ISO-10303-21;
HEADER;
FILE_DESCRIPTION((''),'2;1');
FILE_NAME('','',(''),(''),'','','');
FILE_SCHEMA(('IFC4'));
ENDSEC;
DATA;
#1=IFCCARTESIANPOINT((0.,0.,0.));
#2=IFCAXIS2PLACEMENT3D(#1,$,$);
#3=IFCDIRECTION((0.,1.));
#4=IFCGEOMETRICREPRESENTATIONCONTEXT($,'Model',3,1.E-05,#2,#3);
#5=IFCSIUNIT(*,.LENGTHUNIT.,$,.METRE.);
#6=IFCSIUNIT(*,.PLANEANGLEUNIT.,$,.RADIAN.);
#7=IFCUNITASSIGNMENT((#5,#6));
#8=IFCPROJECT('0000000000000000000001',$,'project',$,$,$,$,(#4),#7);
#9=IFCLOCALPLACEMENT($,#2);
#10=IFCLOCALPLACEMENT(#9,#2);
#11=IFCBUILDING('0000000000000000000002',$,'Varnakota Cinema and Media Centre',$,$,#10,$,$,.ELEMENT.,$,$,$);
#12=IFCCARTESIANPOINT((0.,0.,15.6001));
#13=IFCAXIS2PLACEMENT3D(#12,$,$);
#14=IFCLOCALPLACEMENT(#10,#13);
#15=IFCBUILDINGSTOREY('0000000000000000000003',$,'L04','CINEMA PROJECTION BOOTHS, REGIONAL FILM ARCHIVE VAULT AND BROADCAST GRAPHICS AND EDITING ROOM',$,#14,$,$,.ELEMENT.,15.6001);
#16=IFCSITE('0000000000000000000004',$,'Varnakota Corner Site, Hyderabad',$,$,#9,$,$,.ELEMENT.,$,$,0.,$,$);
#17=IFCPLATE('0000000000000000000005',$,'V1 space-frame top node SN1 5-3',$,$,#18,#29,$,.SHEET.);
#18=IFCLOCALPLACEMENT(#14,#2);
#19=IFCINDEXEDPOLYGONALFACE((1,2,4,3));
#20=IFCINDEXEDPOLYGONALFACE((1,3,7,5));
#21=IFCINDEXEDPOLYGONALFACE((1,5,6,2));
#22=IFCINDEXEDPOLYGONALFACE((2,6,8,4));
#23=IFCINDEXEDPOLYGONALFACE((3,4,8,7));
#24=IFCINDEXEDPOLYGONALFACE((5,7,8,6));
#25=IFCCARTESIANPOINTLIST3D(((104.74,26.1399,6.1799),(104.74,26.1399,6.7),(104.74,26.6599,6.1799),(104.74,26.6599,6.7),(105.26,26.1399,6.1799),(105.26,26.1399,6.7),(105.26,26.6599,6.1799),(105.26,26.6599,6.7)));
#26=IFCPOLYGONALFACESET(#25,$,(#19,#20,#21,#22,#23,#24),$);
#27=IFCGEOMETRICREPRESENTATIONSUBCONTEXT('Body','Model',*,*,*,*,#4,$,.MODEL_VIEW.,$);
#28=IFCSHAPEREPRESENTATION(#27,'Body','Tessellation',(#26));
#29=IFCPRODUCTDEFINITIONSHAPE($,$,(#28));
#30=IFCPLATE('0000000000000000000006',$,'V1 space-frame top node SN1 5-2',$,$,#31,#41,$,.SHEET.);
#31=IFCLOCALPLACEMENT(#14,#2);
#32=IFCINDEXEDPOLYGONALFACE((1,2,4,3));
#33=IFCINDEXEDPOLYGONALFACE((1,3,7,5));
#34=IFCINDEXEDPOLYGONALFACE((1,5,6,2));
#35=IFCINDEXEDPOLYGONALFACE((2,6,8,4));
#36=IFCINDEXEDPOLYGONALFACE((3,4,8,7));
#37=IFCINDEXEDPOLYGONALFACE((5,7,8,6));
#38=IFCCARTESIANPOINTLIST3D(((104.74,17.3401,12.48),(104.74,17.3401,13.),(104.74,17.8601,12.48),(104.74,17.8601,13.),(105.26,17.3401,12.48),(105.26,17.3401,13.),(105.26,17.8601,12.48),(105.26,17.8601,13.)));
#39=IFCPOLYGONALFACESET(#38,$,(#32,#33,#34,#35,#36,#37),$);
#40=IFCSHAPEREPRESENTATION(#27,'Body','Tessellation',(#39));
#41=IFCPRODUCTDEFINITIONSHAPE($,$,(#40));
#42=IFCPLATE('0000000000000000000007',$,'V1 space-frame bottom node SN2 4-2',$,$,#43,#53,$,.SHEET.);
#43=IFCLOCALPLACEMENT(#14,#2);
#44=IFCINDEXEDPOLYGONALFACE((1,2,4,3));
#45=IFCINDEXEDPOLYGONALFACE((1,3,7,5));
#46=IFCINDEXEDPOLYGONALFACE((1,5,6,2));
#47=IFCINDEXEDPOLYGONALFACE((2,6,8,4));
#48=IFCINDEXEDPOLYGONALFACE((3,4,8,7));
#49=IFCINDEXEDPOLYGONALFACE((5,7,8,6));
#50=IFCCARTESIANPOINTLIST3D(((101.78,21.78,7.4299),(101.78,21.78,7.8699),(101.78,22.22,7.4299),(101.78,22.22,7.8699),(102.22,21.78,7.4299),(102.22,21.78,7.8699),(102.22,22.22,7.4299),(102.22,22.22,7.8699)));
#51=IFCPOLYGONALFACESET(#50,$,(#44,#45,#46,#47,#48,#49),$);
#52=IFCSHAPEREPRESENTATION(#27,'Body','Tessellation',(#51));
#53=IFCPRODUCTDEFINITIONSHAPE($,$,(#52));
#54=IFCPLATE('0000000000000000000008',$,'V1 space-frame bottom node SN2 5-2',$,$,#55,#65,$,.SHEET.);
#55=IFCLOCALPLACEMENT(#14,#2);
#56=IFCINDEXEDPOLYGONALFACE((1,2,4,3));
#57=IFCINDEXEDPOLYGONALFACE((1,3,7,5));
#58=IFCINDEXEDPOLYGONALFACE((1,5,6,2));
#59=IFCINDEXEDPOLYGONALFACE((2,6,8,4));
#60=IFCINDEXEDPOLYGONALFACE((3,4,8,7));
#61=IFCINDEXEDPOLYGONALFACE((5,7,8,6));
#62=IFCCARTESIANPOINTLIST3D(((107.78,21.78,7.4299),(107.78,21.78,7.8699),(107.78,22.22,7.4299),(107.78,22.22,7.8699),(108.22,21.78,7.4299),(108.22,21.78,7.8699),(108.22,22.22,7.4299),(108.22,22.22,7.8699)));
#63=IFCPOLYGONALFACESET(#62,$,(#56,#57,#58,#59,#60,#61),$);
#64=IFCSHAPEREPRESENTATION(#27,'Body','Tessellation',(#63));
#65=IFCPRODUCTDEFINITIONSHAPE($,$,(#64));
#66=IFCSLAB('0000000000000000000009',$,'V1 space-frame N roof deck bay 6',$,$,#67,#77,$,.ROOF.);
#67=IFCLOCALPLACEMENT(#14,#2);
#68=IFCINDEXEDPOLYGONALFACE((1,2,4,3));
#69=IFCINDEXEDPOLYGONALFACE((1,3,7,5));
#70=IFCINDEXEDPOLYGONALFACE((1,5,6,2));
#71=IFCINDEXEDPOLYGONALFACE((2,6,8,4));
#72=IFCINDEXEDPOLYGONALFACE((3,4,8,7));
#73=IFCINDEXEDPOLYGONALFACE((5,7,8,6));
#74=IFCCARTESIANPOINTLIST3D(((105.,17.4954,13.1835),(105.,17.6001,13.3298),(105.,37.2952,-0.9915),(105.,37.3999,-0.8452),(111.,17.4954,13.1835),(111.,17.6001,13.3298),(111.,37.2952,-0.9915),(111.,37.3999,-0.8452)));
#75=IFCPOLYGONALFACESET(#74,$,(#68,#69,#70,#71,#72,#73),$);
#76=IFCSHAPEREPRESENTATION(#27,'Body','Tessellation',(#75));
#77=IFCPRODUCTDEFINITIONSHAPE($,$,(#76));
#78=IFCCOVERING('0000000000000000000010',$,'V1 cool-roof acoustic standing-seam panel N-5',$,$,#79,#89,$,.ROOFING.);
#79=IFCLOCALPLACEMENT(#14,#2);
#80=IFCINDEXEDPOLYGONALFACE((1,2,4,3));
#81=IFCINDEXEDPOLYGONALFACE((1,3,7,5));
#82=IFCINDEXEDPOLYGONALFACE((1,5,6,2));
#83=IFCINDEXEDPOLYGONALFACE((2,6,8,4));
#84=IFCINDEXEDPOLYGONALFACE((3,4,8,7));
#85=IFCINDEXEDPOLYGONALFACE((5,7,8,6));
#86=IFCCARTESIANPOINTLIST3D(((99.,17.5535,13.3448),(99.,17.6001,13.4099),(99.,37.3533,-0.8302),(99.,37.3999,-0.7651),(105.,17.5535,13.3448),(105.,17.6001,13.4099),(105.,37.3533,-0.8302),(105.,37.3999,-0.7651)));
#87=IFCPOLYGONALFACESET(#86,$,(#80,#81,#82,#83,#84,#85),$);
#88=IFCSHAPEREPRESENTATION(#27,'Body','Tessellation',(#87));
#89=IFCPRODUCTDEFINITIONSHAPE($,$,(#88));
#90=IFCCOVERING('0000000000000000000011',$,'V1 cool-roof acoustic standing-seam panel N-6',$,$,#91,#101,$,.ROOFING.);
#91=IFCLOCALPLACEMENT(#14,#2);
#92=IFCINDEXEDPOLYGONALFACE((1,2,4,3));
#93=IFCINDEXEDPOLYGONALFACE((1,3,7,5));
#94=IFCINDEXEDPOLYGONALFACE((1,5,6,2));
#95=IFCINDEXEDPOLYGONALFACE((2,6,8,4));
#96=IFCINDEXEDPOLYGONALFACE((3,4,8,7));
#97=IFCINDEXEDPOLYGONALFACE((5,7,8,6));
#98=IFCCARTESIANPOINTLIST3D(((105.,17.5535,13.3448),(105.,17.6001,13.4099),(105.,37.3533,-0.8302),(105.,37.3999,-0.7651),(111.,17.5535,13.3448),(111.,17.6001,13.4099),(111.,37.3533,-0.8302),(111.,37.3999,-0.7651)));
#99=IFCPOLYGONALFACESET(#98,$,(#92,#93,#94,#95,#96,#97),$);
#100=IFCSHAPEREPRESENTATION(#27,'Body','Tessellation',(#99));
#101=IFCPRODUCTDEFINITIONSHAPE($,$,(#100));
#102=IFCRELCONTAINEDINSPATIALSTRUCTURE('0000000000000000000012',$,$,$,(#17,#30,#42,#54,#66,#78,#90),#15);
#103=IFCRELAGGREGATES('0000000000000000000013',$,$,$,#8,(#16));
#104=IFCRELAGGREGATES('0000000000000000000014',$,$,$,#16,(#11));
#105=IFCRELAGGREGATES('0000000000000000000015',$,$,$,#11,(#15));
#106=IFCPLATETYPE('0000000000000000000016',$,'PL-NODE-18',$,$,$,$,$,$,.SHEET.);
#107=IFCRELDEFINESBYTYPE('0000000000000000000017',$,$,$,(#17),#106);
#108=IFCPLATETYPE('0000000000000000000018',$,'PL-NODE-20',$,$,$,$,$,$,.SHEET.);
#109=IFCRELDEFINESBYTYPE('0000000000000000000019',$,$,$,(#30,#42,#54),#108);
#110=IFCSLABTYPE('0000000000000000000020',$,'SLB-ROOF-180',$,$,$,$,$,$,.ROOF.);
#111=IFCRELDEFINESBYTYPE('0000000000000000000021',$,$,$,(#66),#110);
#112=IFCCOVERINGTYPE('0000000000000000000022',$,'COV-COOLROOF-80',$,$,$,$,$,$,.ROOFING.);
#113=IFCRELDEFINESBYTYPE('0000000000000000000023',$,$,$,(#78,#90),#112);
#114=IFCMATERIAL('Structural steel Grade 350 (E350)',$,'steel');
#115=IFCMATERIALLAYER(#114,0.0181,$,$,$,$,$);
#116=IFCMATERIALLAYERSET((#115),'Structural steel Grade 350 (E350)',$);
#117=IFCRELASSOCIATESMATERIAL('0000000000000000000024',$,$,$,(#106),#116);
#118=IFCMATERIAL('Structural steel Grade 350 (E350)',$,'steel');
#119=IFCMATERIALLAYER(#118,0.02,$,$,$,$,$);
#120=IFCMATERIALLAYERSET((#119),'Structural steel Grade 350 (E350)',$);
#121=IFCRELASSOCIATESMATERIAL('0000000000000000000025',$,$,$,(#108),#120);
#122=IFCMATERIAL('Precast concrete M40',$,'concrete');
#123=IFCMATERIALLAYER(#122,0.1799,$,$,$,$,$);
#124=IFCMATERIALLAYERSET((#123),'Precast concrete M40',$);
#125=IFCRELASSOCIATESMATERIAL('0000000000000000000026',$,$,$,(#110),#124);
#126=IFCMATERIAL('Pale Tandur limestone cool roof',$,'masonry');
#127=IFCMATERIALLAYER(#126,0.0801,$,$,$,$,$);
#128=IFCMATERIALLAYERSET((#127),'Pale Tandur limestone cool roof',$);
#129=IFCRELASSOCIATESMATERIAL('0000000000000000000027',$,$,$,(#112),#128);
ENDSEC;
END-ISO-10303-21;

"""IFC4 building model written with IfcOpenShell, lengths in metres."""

from ifc_helpers import new_model, si_unit, direction, frame, origin, origin_2d, place, context, subcontext, project, spatial, polyline, rectangle, outline, extrude, material, layer, layer_set, type_object, element, save


model = new_model("IFC4")

# Units and contexts
model_context = context("Model", 3, precision=1e-05, world=origin(), true_north=direction((0.0, 1.0)))
body_context = subcontext(model_context, "Body", "Model", "MODEL_VIEW")
ifc_project = project(units=[si_unit("LENGTHUNIT", "METRE"), si_unit("PLANEANGLEUNIT", "RADIAN")], contexts=[model_context])

# Site, building, storey
site_placement = place(None, origin())
site = spatial("IfcSite", under=ifc_project, at=site_placement, Name="Varnakota Corner Site, Hyderabad", CompositionType="ELEMENT", RefElevation=0.0)
building_placement = place(site_placement, origin())
building = spatial("IfcBuilding", under=site, at=building_placement, Name="Varnakota Cinema and Media Centre", CompositionType="ELEMENT")
storey_placement = place(building_placement, frame((0.0, 0.0, 15.6001)))
storey = spatial("IfcBuildingStorey", under=building, at=storey_placement, Name="L04", Description="CINEMA PROJECTION BOOTHS, REGIONAL FILM ARCHIVE VAULT AND BROADCAST GRAPHICS AND EDITING ROOM", CompositionType="ELEMENT", Elevation=15.6001)

# Plates
ifc_material_1 = material(Name="Structural steel Grade 350 (E350)", Category="steel")
ifc_layer_1 = layer(ifc_material_1, 0.0181)
ifc_layer_set_1 = layer_set([ifc_layer_1], Name="Structural steel Grade 350 (E350)")
plate_type_1 = type_object("IfcPlateType", Name="PL-NODE-18", PredefinedType="SHEET", material=ifc_layer_set_1)
plate_1_placement = place(storey_placement, frame((105.0, 26.3999, 6.1799), z_axis=(0.0, 0.0, 1.0), x_axis=(1.0, 0.0, 0.0)))
element("IfcPlate", 1, at=plate_1_placement, inside=storey, type_object=plate_type_1, Name="V1 space-frame top node SN1 5-3", PredefinedType="SHEET", context=body_context, shape_type="SweptSolid", body=[
    extrude(rectangle(XDim=0.52, YDim=0.52, at=origin_2d()), origin(), (0.0, 0.0, 1.0), 0.52),
])
ifc_material_2 = material(Name="Structural steel Grade 350 (E350)", Category="steel")
ifc_layer_2 = layer(ifc_material_2, 0.02)
ifc_layer_set_2 = layer_set([ifc_layer_2], Name="Structural steel Grade 350 (E350)")
plate_type_2 = type_object("IfcPlateType", Name="PL-NODE-20", PredefinedType="SHEET", material=ifc_layer_set_2)
plate_2_placement = place(storey_placement, frame((105.0, 17.6001, 12.48), z_axis=(0.0, 0.0, 1.0), x_axis=(1.0, 0.0, 0.0)))
element("IfcPlate", 2, at=plate_2_placement, inside=storey, type_object=plate_type_2, Name="V1 space-frame top node SN1 5-2", PredefinedType="SHEET", context=body_context, shape_type="SweptSolid", body=[
    extrude(rectangle(XDim=0.52, YDim=0.52, at=origin_2d()), origin(), (0.0, 0.0, 1.0), 0.52),
])
for number, where, z_axis, x_axis, name in (
    (3, (102.0, 22.0, 7.4299), (0.0, 0.0, 1.0), (1.0, 0.0, 0.0), "V1 space-frame bottom node SN2 4-2"),
    (4, (108.0, 22.0, 7.4299), (0.0, 0.0, 1.0), (1.0, 0.0, 0.0), "V1 space-frame bottom node SN2 5-2"),
):
    element("IfcPlate", number, at=place(storey_placement, frame(where, z_axis=z_axis, x_axis=x_axis)), inside=storey, type_object=plate_type_2, Name=name, PredefinedType="SHEET", context=body_context, shape_type="SweptSolid", body=[
        extrude(rectangle(XDim=0.4399, YDim=0.4399, at=origin_2d()), origin(), (0.0, 0.0, 1.0), 0.4399),
    ])

# Slab
ifc_material_3 = material(Name="Precast concrete M40", Category="concrete")
ifc_layer_3 = layer(ifc_material_3, 0.1799)
ifc_layer_set_3 = layer_set([ifc_layer_3], Name="Precast concrete M40")
slab_type = type_object("IfcSlabType", Name="SLB-ROOF-180", PredefinedType="ROOF", material=ifc_layer_set_3)
slab_placement = place(storey_placement, frame((105.0, 17.6001, 13.3298), z_axis=(0.0, 0.582117, 0.813105), x_axis=(1.0, 0.0, 0.0)))
element("IfcSlab", 5, at=slab_placement, inside=storey, type_object=slab_type, Name="V1 space-frame N roof deck bay 6", PredefinedType="ROOF", context=body_context, shape_type="SweptSolid", body=[
    extrude(outline(polyline([(0.0, 0.0), (6.0, 0.0), (6.0, 24.3509), (0.0, 24.3509), (0.0, 0.0)])), origin(), (0.0, 0.0, -1.0), 0.1799),
])

# Coverings
ifc_material_4 = material(Name="Pale Tandur limestone cool roof", Category="masonry")
ifc_layer_4 = layer(ifc_material_4, 0.0801)
ifc_layer_set_4 = layer_set([ifc_layer_4], Name="Pale Tandur limestone cool roof")
covering_type = type_object("IfcCoveringType", Name="COV-COOLROOF-80", PredefinedType="ROOFING", material=ifc_layer_set_4)
for number, where, z_axis, x_axis, name in (
    (6, (99.0, 17.6001, 13.4099), (0.0, 0.582117, 0.813105), (1.0, 0.0, 0.0), "V1 cool-roof acoustic standing-seam panel N-5"),
    (7, (105.0, 17.6001, 13.4099), (0.0, 0.582117, 0.813105), (1.0, 0.0, 0.0), "V1 cool-roof acoustic standing-seam panel N-6"),
):
    element("IfcCovering", number, at=place(storey_placement, frame(where, z_axis=z_axis, x_axis=x_axis)), inside=storey, type_object=covering_type, Name=name, PredefinedType="ROOFING", context=body_context, shape_type="SweptSolid", body=[
        extrude(outline(polyline([(0.0, 0.0), (6.0, 0.0), (6.0, 24.3509), (0.0, 24.3509), (0.0, 0.0)])), origin(), (0.0, 0.0, -1.0), 0.0801),
    ])

save(model, "model.ifc")
